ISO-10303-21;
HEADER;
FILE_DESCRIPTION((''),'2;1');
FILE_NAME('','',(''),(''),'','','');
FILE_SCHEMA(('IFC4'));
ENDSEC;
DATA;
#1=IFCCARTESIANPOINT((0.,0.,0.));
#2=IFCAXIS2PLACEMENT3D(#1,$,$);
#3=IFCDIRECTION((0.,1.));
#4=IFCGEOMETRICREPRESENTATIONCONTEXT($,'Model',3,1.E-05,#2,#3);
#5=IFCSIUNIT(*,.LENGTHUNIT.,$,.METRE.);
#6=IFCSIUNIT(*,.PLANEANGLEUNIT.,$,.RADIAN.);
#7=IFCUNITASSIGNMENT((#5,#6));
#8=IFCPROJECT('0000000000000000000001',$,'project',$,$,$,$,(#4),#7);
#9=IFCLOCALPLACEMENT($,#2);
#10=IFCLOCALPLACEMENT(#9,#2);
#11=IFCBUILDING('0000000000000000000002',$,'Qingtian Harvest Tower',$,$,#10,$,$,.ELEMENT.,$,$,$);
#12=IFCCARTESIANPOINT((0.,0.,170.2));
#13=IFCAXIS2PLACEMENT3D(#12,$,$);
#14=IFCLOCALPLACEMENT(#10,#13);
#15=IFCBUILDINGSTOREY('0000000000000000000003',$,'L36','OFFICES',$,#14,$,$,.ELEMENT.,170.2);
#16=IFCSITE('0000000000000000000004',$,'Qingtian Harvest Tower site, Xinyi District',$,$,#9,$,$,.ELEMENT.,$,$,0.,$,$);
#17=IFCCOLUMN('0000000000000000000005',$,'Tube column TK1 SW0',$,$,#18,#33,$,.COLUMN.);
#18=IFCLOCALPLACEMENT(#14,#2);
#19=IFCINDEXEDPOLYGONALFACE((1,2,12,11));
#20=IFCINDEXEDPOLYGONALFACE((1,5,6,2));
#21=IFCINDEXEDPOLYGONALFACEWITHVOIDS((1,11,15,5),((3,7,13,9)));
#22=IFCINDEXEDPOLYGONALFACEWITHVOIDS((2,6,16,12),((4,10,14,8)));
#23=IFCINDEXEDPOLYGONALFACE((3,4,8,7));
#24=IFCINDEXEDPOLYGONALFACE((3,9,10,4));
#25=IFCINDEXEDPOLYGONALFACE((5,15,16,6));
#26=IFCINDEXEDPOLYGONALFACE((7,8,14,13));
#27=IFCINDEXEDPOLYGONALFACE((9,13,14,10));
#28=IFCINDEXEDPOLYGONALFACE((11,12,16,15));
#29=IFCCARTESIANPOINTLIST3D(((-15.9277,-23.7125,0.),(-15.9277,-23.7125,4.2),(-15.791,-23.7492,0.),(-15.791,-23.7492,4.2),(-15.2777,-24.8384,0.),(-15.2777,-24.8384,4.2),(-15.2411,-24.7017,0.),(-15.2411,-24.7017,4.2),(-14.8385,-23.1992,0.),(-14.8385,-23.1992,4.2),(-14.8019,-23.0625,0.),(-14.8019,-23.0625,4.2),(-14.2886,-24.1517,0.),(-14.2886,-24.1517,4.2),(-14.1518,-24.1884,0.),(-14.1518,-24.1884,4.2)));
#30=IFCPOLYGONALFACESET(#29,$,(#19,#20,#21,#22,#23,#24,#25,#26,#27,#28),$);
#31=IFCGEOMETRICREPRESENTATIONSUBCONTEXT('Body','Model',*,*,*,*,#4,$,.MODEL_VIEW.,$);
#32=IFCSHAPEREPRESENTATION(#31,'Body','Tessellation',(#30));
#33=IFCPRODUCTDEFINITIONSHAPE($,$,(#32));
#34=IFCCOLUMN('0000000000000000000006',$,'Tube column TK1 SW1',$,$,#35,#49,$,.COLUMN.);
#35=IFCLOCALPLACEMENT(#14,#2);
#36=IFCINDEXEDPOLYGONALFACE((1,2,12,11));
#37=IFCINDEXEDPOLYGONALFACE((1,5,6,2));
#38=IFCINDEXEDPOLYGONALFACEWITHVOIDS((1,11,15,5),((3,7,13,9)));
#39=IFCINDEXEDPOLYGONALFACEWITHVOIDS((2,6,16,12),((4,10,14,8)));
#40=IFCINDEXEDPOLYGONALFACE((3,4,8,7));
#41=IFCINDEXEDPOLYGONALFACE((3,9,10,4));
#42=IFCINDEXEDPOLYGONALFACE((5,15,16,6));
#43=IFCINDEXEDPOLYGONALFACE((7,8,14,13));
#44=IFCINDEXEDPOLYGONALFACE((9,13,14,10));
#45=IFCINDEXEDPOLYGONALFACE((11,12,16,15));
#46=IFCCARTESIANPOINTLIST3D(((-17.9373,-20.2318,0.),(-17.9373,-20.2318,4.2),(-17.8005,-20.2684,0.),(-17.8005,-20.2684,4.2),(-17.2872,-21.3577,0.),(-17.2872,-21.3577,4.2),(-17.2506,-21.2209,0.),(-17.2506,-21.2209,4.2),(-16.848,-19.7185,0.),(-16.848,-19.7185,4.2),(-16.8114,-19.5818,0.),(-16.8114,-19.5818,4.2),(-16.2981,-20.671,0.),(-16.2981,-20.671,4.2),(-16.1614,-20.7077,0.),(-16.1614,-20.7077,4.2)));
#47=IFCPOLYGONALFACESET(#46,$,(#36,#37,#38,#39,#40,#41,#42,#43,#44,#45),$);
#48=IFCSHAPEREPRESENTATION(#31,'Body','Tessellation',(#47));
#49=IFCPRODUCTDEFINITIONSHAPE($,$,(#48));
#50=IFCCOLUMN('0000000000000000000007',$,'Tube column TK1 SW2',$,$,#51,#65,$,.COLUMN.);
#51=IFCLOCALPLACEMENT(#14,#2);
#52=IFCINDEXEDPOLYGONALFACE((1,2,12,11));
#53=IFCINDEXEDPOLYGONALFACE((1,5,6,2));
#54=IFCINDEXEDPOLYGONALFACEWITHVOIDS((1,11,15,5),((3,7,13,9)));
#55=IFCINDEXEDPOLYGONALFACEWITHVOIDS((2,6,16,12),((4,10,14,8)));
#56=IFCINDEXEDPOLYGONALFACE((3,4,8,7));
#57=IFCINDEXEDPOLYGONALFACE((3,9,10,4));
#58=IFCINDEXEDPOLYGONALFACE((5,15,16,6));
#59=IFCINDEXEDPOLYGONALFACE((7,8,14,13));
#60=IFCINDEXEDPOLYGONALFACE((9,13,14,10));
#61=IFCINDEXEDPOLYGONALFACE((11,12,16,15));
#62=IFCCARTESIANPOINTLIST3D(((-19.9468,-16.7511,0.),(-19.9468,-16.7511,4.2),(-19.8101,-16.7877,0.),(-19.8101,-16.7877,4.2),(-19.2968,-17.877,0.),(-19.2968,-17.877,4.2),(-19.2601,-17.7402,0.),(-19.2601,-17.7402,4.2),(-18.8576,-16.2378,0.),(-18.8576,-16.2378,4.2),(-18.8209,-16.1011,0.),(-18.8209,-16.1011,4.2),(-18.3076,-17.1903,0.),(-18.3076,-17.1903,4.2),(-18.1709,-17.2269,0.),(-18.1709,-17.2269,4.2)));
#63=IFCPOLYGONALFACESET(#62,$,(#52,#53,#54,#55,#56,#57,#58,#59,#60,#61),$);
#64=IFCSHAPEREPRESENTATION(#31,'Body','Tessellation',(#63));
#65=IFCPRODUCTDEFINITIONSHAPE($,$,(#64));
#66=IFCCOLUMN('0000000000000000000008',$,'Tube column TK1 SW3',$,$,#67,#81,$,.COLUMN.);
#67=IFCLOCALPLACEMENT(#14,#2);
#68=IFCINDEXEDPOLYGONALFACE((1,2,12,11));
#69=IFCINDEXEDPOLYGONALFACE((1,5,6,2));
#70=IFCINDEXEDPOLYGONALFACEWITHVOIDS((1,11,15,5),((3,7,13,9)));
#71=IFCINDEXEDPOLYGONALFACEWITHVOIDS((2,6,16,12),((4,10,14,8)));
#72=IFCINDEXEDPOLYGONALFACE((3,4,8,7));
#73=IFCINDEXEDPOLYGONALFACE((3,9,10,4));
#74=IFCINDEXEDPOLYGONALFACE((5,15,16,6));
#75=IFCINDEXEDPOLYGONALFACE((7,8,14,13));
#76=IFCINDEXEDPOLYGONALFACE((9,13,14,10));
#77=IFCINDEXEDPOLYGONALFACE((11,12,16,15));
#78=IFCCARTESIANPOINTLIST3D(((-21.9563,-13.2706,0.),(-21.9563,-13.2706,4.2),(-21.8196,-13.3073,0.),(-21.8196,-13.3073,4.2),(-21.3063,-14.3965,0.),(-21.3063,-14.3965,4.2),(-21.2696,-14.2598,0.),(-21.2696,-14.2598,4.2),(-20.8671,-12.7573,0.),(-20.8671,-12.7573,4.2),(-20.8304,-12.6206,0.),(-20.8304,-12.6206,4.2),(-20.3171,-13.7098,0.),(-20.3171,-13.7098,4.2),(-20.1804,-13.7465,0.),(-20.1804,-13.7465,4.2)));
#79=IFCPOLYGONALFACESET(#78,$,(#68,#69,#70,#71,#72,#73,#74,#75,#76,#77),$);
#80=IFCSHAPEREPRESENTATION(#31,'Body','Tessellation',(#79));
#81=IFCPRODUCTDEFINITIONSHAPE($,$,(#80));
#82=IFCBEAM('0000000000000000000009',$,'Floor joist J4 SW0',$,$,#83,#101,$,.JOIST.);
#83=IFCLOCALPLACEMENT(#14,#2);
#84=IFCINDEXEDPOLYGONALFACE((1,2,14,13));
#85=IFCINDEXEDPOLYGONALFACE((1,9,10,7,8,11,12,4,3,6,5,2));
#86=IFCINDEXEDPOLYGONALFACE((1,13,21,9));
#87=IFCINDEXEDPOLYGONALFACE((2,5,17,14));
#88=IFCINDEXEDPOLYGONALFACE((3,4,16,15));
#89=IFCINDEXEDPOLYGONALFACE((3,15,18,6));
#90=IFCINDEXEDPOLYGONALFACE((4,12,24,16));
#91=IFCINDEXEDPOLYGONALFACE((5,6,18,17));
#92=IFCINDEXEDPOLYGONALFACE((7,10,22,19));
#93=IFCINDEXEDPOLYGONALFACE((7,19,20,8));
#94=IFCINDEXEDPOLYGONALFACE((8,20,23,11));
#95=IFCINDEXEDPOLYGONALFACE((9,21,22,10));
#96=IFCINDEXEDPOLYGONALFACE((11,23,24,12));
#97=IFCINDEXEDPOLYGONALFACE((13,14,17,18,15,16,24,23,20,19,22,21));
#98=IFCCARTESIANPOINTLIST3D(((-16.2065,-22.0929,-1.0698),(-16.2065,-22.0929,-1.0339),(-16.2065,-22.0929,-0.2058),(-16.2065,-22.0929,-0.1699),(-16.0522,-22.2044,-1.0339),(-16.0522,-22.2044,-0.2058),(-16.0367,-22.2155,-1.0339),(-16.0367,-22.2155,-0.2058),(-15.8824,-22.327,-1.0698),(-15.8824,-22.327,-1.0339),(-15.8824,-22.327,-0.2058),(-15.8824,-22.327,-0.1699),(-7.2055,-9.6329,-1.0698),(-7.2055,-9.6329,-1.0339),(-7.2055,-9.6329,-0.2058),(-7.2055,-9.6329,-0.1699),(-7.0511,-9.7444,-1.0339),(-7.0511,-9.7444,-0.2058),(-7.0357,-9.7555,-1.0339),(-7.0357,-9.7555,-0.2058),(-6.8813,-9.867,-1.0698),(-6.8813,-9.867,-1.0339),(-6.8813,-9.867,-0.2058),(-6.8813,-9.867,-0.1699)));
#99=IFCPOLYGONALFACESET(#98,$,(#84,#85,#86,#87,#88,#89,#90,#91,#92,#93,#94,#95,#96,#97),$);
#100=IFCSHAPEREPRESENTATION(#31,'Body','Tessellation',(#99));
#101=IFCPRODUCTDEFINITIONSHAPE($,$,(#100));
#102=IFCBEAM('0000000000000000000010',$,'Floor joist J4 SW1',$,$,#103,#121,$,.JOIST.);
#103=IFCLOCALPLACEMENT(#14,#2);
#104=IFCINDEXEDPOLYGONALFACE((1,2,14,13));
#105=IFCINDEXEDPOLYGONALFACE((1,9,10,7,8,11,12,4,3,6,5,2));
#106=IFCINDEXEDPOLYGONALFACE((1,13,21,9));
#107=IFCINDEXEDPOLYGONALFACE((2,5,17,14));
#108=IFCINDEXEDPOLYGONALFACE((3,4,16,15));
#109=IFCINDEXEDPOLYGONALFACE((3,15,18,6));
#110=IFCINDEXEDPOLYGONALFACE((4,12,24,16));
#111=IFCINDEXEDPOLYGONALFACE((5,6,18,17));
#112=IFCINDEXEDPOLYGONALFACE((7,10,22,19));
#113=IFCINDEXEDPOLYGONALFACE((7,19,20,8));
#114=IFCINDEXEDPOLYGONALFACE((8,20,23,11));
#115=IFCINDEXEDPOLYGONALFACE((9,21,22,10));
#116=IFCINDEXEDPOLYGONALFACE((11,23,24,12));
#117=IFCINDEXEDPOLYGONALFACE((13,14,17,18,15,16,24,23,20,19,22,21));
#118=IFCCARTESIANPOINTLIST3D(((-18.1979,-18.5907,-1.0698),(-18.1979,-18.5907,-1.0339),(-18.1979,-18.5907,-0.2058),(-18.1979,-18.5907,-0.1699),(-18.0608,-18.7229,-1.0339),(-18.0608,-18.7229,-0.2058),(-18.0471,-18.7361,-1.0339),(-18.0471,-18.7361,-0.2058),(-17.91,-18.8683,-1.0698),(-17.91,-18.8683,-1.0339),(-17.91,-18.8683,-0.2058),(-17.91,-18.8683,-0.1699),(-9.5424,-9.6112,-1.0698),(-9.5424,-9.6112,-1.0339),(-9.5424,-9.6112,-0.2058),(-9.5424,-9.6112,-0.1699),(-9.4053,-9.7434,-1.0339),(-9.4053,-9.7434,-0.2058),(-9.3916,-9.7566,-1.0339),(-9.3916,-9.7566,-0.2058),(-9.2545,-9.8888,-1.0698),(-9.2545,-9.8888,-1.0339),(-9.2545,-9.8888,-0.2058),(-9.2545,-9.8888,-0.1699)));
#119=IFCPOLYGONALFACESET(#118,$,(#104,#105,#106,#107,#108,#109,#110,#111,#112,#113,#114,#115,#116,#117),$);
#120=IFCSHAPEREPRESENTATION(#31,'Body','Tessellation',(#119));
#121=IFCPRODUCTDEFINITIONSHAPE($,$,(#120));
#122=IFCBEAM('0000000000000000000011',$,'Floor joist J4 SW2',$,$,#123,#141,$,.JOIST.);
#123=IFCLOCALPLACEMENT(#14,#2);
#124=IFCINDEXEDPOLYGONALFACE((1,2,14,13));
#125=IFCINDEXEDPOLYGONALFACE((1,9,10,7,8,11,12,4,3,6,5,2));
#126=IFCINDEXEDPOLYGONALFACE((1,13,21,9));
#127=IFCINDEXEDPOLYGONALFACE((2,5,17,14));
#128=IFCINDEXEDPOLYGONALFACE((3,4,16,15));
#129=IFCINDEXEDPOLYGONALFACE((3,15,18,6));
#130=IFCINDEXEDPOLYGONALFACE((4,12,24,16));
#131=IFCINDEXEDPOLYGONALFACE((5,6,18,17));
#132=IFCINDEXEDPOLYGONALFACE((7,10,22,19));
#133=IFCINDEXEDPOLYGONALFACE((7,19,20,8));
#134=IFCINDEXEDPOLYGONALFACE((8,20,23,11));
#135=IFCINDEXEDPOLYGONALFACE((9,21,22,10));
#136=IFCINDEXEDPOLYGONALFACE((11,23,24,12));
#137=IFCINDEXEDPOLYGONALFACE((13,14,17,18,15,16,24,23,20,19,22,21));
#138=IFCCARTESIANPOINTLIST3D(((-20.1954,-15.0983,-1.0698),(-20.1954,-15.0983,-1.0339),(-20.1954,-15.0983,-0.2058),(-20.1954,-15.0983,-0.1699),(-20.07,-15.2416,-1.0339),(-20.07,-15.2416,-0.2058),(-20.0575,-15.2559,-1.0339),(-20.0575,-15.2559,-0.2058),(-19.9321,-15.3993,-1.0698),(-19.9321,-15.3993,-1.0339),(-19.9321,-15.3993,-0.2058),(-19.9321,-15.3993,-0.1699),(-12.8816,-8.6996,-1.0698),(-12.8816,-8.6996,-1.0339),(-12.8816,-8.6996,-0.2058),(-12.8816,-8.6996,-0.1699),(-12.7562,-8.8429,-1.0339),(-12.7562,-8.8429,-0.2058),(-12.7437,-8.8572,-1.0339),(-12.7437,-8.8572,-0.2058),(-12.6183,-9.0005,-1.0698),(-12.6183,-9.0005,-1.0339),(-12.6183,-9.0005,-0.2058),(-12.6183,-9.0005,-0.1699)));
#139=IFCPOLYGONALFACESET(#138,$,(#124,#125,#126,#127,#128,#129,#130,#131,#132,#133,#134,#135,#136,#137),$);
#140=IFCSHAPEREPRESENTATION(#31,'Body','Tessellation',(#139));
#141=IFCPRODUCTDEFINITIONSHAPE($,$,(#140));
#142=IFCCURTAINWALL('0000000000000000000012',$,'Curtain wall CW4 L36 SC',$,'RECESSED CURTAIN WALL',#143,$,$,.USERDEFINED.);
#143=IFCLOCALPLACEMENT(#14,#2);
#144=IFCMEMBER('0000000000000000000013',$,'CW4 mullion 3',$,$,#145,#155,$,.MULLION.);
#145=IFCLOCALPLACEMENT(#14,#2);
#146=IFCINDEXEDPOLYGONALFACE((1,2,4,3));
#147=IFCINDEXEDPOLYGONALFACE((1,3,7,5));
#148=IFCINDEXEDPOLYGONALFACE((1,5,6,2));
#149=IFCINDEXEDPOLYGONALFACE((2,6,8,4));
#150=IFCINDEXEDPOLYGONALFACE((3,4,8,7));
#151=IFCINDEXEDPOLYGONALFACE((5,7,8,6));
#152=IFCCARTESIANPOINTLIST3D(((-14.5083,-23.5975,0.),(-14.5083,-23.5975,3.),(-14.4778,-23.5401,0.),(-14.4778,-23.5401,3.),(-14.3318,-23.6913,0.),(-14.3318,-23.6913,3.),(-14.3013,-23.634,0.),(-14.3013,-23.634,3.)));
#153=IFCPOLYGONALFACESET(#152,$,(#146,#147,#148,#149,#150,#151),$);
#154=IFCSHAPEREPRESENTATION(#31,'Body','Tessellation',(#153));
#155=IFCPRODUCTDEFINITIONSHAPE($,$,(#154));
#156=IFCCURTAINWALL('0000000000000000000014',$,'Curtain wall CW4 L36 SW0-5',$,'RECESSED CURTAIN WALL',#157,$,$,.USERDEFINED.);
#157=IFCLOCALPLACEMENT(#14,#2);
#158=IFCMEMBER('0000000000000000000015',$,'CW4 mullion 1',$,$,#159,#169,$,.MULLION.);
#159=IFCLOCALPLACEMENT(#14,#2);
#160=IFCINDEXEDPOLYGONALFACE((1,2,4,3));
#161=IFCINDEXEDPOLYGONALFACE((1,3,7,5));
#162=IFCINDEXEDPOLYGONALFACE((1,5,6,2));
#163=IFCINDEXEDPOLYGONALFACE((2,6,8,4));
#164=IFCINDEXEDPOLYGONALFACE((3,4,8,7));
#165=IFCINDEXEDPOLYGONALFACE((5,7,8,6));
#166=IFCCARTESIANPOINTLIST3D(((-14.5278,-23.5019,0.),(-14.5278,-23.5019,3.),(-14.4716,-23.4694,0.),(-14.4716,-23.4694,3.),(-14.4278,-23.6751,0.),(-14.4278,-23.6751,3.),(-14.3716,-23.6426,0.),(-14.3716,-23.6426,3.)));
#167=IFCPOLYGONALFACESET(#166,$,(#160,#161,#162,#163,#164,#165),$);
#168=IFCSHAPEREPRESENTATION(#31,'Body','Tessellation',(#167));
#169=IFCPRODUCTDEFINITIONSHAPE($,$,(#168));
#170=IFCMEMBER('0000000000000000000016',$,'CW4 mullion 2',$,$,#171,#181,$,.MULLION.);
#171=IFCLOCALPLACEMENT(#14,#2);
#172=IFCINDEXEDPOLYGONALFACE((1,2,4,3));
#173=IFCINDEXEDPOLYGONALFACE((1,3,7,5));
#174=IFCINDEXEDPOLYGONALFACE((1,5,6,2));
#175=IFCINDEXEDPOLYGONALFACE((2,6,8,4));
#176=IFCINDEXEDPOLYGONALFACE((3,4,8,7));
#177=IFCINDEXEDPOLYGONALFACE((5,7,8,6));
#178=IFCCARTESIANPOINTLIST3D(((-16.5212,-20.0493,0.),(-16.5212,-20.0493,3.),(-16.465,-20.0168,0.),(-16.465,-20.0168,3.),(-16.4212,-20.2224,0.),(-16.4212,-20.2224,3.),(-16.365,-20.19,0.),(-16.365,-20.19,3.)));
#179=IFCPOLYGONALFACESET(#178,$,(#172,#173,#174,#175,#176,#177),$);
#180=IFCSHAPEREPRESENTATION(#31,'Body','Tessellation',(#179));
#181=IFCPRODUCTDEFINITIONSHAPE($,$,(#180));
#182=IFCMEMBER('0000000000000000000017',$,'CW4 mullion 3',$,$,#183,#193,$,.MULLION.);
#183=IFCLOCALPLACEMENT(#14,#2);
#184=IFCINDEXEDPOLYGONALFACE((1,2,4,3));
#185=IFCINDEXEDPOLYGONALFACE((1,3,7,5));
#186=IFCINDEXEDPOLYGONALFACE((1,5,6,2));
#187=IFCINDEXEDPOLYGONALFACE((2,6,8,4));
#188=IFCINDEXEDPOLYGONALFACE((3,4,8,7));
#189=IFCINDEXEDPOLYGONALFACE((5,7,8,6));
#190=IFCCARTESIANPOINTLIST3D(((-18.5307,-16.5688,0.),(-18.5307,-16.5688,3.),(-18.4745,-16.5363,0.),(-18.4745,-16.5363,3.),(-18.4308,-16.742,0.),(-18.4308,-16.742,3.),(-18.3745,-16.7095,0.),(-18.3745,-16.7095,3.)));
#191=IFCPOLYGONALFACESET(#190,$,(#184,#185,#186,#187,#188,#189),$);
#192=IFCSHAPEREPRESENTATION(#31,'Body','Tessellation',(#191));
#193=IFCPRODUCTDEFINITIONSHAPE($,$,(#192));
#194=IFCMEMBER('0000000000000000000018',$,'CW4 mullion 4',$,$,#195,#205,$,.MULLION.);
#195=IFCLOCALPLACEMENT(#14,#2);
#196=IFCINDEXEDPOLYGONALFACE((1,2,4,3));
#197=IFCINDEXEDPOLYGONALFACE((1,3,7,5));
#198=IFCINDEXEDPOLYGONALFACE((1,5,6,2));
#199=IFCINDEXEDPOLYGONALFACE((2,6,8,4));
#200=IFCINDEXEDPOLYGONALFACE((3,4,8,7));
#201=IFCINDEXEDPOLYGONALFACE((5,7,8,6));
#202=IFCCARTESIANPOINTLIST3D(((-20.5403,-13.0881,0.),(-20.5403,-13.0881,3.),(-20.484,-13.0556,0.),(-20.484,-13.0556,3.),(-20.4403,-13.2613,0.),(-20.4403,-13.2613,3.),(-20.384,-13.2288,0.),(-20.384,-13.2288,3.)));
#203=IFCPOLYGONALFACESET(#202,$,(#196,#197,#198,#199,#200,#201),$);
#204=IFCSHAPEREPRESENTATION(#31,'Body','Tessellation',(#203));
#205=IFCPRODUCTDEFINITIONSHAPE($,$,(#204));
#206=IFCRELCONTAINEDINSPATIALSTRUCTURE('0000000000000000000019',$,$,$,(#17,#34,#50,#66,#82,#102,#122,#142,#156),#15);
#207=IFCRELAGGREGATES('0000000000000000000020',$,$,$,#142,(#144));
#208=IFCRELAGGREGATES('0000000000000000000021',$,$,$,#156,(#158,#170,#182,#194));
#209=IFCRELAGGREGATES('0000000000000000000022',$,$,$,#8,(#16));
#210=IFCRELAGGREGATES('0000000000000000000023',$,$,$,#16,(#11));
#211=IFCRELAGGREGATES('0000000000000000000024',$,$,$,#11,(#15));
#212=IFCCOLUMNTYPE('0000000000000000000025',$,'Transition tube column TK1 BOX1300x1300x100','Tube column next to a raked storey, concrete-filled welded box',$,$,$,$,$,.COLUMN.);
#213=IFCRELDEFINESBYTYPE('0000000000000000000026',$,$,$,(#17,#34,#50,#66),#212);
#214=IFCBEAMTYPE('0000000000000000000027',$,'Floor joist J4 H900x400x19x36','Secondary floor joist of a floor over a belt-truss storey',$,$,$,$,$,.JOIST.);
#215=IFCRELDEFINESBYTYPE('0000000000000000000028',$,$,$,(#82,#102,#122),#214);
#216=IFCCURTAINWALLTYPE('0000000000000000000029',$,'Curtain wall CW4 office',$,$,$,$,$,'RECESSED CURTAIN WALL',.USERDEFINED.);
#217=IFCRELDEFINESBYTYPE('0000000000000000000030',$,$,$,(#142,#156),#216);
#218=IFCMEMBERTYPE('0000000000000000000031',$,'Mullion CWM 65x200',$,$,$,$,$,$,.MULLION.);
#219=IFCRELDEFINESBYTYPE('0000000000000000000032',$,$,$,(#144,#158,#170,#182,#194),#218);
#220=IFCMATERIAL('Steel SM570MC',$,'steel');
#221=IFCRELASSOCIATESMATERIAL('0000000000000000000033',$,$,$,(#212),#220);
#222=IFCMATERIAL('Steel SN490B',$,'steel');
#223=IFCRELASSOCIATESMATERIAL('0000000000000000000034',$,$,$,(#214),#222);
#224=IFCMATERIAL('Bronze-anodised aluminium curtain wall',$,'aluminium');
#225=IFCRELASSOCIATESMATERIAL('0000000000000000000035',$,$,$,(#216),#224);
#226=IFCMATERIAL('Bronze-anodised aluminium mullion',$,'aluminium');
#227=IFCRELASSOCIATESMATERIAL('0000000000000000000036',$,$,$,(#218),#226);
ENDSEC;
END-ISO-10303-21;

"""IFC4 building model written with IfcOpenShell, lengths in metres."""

from ifc_helpers import new_model, si_unit, direction, frame, origin, origin_2d, place, context, subcontext, project, spatial, rectangle, hollow_rectangle, i_section, extrude, material, material_profile, profile_set, type_object, element, aggregate, save


model = new_model("IFC4")

# Units and contexts
model_context = context("Model", 3, precision=1e-05, world=origin(), true_north=direction((0.0, 1.0)))
body_context = subcontext(model_context, "Body", "Model", "MODEL_VIEW")
ifc_project = project(units=[si_unit("LENGTHUNIT", "METRE"), si_unit("PLANEANGLEUNIT", "RADIAN")], contexts=[model_context])

# Site, building, storey
site_placement = place(None, origin())
site = spatial("IfcSite", under=ifc_project, at=site_placement, Name="Qingtian Harvest Tower site, Xinyi District", CompositionType="ELEMENT", RefElevation=0.0)
building_placement = place(site_placement, origin())
building = spatial("IfcBuilding", under=site, at=building_placement, Name="Qingtian Harvest Tower", CompositionType="ELEMENT")
storey_placement = place(building_placement, frame((0.0, 0.0, 170.2)))
storey = spatial("IfcBuildingStorey", under=building, at=storey_placement, Name="L36", Description="OFFICES", CompositionType="ELEMENT", Elevation=170.2)

# Columns
ifc_material_1 = material(Name="Steel SM570MC", Category="steel")
ifc_material_profile_1 = material_profile(ifc_material_1, hollow_rectangle(XDim=1.3, YDim=1.3, WallThickness=0.1001, at=origin_2d()), Name="BOX1300x1300x100")
ifc_profile_set_1 = profile_set([ifc_material_profile_1], Name="Steel SM570MC")
column_type = type_object("IfcColumnType", Name="Transition tube column TK1 BOX1300x1300x100", Description="Tube column next to a raked storey, concrete-filled welded box", PredefinedType="COLUMN", material=ifc_profile_set_1)
for number, where, z_axis, x_axis, name in (
    (1, (-15.0398, -23.9504, 0.0), (0.0, 0.0, 1.0), (0.5, -0.866025, 0.0), "Tube column TK1 SW0"),
    (2, (-17.0493, -20.4697, 0.0), (0.0, 0.0, 1.0), (0.5, -0.866025, 0.0), "Tube column TK1 SW1"),
    (3, (-19.0588, -16.989, 0.0), (0.0, 0.0, 1.0), (0.5, -0.866025, 0.0), "Tube column TK1 SW2"),
    (4, (-21.0684, -13.5085, 0.0), (0.0, 0.0, 1.0), (0.5, -0.866025, 0.0), "Tube column TK1 SW3"),
):
    element("IfcColumn", number, at=place(storey_placement, frame(where, z_axis=z_axis, x_axis=x_axis)), inside=storey, type_object=column_type, Name=name, PredefinedType="COLUMN", context=body_context, shape_type="SweptSolid", body=[
        extrude(hollow_rectangle(XDim=1.3, YDim=1.3, WallThickness=0.1001, at=origin_2d()), origin(), (0.0, 0.0, 1.0), 4.2),
    ])

# Beams
ifc_material_2 = material(Name="Steel SN490B", Category="steel")
ifc_material_profile_2 = material_profile(ifc_material_2, i_section(OverallWidth=0.3999, OverallDepth=0.8999, WebThickness=0.019, FlangeThickness=0.0359, at=origin_2d()), Name="H900x400x19x36")
ifc_profile_set_2 = profile_set([ifc_material_profile_2], Name="Steel SN490B")
beam_type_1 = type_object("IfcBeamType", Name="Floor joist J4 H900x400x19x36", Description="Secondary floor joist of a floor over a belt-truss storey", PredefinedType="JOIST", material=ifc_profile_set_2)
beam_1_placement = place(storey_placement, frame((-16.0444, -22.21, -0.6199), z_axis=(0.585581, 0.810614, 0.0), x_axis=(-0.810614, 0.585581, 0.0)))
element("IfcBeam", 5, at=beam_1_placement, inside=storey, type_object=beam_type_1, Name="Floor joist J4 SW0", PredefinedType="JOIST", context=body_context, shape_type="SweptSolid", body=[
    extrude(i_section(OverallWidth=0.3999, OverallDepth=0.8999, WebThickness=0.019, FlangeThickness=0.0359, at=origin_2d()), origin(), (0.0, 0.0, 1.0), 15.3711),
])
beam_2_placement = place(storey_placement, frame((-18.054, -18.7295, -0.6199), z_axis=(0.693999, 0.719976, 0.0), x_axis=(-0.719976, 0.693999, 0.0)))
element("IfcBeam", 6, at=beam_2_placement, inside=storey, type_object=beam_type_1, Name="Floor joist J4 SW1", PredefinedType="JOIST", context=body_context, shape_type="SweptSolid", body=[
    extrude(i_section(OverallWidth=0.3999, OverallDepth=0.8999, WebThickness=0.019, FlangeThickness=0.0359, at=origin_2d()), origin(), (0.0, 0.0, 1.0), 12.4719),
])
beam_3_placement = place(storey_placement, frame((-20.0637, -15.2488, -0.6199), z_axis=(0.752619, 0.658457, 0.0), x_axis=(-0.658457, 0.752619, 0.0)))
element("IfcBeam", 7, at=beam_3_placement, inside=storey, type_object=beam_type_1, Name="Floor joist J4 SW2", PredefinedType="JOIST", context=body_context, shape_type="SweptSolid", body=[
    extrude(i_section(OverallWidth=0.3999, OverallDepth=0.8999, WebThickness=0.019, FlangeThickness=0.0359, at=origin_2d()), origin(), (0.0, 0.0, 1.0), 9.7178),
])

# Curtain wall, member
ifc_material_3 = material(Name="Bronze-anodised aluminium curtain wall", Category="aluminium")
curtain_wall_type = type_object("IfcCurtainWallType", Name="Curtain wall CW4 office", ElementType="RECESSED CURTAIN WALL", PredefinedType="USERDEFINED", material=ifc_material_3)
curtain_wall_1_placement = place(storey_placement, origin())
curtain_wall_1 = element("IfcCurtainWall", 8, at=curtain_wall_1_placement, inside=storey, type_object=curtain_wall_type, Name="Curtain wall CW4 L36 SC", ObjectType="RECESSED CURTAIN WALL", PredefinedType="USERDEFINED")
ifc_material_4 = material(Name="Bronze-anodised aluminium mullion", Category="aluminium")
ifc_material_profile_3 = material_profile(ifc_material_4, rectangle(XDim=0.0649, YDim=0.2, at=origin_2d()), Name="AL 65x200")
ifc_profile_set_3 = profile_set([ifc_material_profile_3], Name="Bronze-anodised aluminium mullion")
member_type_1 = type_object("IfcMemberType", Name="Mullion CWM 65x200", PredefinedType="MULLION", material=ifc_profile_set_3)
member_1_placement = place(storey_placement, frame((-14.4048, -23.6157, 0.0), z_axis=(0.0, 0.0, 1.0), x_axis=(-0.469472, -0.882948, 0.0)))
member_1 = element("IfcMember", 9, at=member_1_placement, type_object=member_type_1, Name="CW4 mullion 3", PredefinedType="MULLION", context=body_context, shape_type="SweptSolid", body=[
    extrude(rectangle(XDim=0.0649, YDim=0.2, at=origin_2d()), origin(), (0.0, 0.0, 1.0), 3.0),
])
aggregate(curtain_wall_1, [member_1])

# Curtain wall, members
curtain_wall_2_placement = place(storey_placement, origin())
curtain_wall_2 = element("IfcCurtainWall", 10, at=curtain_wall_2_placement, inside=storey, type_object=curtain_wall_type, Name="Curtain wall CW4 L36 SW0-5", ObjectType="RECESSED CURTAIN WALL", PredefinedType="USERDEFINED")
member_2_placement = place(storey_placement, frame((-14.4497, -23.5723, 0.0), z_axis=(0.0, 0.0, 1.0), x_axis=(-0.866025, -0.5, 0.0)))
member_2 = element("IfcMember", 11, at=member_2_placement, type_object=member_type_1, Name="CW4 mullion 1", PredefinedType="MULLION", context=body_context, shape_type="SweptSolid", body=[
    extrude(rectangle(XDim=0.0649, YDim=0.2, at=origin_2d()), origin(), (0.0, 0.0, 1.0), 3.0),
])
member_3_placement = place(storey_placement, frame((-16.4431, -20.1196, 0.0), z_axis=(0.0, 0.0, 1.0), x_axis=(-0.866025, -0.5, 0.0)))
member_3 = element("IfcMember", 12, at=member_3_placement, type_object=member_type_1, Name="CW4 mullion 2", PredefinedType="MULLION", context=body_context, shape_type="SweptSolid", body=[
    extrude(rectangle(XDim=0.0649, YDim=0.2, at=origin_2d()), origin(), (0.0, 0.0, 1.0), 3.0),
])
member_4_placement = place(storey_placement, frame((-18.4526, -16.6392, 0.0), z_axis=(0.0, 0.0, 1.0), x_axis=(-0.866025, -0.5, 0.0)))
member_4 = element("IfcMember", 13, at=member_4_placement, type_object=member_type_1, Name="CW4 mullion 3", PredefinedType="MULLION", context=body_context, shape_type="SweptSolid", body=[
    extrude(rectangle(XDim=0.0649, YDim=0.2, at=origin_2d()), origin(), (0.0, 0.0, 1.0), 3.0),
])
member_5_placement = place(storey_placement, frame((-20.4622, -13.1584, 0.0), z_axis=(0.0, 0.0, 1.0), x_axis=(-0.866025, -0.5, 0.0)))
member_5 = element("IfcMember", 14, at=member_5_placement, type_object=member_type_1, Name="CW4 mullion 4", PredefinedType="MULLION", context=body_context, shape_type="SweptSolid", body=[
    extrude(rectangle(XDim=0.0649, YDim=0.2, at=origin_2d()), origin(), (0.0, 0.0, 1.0), 3.0),
])

aggregate(curtain_wall_2, [member_2, member_3, member_4, member_5])

save(model, "model.ifc")
